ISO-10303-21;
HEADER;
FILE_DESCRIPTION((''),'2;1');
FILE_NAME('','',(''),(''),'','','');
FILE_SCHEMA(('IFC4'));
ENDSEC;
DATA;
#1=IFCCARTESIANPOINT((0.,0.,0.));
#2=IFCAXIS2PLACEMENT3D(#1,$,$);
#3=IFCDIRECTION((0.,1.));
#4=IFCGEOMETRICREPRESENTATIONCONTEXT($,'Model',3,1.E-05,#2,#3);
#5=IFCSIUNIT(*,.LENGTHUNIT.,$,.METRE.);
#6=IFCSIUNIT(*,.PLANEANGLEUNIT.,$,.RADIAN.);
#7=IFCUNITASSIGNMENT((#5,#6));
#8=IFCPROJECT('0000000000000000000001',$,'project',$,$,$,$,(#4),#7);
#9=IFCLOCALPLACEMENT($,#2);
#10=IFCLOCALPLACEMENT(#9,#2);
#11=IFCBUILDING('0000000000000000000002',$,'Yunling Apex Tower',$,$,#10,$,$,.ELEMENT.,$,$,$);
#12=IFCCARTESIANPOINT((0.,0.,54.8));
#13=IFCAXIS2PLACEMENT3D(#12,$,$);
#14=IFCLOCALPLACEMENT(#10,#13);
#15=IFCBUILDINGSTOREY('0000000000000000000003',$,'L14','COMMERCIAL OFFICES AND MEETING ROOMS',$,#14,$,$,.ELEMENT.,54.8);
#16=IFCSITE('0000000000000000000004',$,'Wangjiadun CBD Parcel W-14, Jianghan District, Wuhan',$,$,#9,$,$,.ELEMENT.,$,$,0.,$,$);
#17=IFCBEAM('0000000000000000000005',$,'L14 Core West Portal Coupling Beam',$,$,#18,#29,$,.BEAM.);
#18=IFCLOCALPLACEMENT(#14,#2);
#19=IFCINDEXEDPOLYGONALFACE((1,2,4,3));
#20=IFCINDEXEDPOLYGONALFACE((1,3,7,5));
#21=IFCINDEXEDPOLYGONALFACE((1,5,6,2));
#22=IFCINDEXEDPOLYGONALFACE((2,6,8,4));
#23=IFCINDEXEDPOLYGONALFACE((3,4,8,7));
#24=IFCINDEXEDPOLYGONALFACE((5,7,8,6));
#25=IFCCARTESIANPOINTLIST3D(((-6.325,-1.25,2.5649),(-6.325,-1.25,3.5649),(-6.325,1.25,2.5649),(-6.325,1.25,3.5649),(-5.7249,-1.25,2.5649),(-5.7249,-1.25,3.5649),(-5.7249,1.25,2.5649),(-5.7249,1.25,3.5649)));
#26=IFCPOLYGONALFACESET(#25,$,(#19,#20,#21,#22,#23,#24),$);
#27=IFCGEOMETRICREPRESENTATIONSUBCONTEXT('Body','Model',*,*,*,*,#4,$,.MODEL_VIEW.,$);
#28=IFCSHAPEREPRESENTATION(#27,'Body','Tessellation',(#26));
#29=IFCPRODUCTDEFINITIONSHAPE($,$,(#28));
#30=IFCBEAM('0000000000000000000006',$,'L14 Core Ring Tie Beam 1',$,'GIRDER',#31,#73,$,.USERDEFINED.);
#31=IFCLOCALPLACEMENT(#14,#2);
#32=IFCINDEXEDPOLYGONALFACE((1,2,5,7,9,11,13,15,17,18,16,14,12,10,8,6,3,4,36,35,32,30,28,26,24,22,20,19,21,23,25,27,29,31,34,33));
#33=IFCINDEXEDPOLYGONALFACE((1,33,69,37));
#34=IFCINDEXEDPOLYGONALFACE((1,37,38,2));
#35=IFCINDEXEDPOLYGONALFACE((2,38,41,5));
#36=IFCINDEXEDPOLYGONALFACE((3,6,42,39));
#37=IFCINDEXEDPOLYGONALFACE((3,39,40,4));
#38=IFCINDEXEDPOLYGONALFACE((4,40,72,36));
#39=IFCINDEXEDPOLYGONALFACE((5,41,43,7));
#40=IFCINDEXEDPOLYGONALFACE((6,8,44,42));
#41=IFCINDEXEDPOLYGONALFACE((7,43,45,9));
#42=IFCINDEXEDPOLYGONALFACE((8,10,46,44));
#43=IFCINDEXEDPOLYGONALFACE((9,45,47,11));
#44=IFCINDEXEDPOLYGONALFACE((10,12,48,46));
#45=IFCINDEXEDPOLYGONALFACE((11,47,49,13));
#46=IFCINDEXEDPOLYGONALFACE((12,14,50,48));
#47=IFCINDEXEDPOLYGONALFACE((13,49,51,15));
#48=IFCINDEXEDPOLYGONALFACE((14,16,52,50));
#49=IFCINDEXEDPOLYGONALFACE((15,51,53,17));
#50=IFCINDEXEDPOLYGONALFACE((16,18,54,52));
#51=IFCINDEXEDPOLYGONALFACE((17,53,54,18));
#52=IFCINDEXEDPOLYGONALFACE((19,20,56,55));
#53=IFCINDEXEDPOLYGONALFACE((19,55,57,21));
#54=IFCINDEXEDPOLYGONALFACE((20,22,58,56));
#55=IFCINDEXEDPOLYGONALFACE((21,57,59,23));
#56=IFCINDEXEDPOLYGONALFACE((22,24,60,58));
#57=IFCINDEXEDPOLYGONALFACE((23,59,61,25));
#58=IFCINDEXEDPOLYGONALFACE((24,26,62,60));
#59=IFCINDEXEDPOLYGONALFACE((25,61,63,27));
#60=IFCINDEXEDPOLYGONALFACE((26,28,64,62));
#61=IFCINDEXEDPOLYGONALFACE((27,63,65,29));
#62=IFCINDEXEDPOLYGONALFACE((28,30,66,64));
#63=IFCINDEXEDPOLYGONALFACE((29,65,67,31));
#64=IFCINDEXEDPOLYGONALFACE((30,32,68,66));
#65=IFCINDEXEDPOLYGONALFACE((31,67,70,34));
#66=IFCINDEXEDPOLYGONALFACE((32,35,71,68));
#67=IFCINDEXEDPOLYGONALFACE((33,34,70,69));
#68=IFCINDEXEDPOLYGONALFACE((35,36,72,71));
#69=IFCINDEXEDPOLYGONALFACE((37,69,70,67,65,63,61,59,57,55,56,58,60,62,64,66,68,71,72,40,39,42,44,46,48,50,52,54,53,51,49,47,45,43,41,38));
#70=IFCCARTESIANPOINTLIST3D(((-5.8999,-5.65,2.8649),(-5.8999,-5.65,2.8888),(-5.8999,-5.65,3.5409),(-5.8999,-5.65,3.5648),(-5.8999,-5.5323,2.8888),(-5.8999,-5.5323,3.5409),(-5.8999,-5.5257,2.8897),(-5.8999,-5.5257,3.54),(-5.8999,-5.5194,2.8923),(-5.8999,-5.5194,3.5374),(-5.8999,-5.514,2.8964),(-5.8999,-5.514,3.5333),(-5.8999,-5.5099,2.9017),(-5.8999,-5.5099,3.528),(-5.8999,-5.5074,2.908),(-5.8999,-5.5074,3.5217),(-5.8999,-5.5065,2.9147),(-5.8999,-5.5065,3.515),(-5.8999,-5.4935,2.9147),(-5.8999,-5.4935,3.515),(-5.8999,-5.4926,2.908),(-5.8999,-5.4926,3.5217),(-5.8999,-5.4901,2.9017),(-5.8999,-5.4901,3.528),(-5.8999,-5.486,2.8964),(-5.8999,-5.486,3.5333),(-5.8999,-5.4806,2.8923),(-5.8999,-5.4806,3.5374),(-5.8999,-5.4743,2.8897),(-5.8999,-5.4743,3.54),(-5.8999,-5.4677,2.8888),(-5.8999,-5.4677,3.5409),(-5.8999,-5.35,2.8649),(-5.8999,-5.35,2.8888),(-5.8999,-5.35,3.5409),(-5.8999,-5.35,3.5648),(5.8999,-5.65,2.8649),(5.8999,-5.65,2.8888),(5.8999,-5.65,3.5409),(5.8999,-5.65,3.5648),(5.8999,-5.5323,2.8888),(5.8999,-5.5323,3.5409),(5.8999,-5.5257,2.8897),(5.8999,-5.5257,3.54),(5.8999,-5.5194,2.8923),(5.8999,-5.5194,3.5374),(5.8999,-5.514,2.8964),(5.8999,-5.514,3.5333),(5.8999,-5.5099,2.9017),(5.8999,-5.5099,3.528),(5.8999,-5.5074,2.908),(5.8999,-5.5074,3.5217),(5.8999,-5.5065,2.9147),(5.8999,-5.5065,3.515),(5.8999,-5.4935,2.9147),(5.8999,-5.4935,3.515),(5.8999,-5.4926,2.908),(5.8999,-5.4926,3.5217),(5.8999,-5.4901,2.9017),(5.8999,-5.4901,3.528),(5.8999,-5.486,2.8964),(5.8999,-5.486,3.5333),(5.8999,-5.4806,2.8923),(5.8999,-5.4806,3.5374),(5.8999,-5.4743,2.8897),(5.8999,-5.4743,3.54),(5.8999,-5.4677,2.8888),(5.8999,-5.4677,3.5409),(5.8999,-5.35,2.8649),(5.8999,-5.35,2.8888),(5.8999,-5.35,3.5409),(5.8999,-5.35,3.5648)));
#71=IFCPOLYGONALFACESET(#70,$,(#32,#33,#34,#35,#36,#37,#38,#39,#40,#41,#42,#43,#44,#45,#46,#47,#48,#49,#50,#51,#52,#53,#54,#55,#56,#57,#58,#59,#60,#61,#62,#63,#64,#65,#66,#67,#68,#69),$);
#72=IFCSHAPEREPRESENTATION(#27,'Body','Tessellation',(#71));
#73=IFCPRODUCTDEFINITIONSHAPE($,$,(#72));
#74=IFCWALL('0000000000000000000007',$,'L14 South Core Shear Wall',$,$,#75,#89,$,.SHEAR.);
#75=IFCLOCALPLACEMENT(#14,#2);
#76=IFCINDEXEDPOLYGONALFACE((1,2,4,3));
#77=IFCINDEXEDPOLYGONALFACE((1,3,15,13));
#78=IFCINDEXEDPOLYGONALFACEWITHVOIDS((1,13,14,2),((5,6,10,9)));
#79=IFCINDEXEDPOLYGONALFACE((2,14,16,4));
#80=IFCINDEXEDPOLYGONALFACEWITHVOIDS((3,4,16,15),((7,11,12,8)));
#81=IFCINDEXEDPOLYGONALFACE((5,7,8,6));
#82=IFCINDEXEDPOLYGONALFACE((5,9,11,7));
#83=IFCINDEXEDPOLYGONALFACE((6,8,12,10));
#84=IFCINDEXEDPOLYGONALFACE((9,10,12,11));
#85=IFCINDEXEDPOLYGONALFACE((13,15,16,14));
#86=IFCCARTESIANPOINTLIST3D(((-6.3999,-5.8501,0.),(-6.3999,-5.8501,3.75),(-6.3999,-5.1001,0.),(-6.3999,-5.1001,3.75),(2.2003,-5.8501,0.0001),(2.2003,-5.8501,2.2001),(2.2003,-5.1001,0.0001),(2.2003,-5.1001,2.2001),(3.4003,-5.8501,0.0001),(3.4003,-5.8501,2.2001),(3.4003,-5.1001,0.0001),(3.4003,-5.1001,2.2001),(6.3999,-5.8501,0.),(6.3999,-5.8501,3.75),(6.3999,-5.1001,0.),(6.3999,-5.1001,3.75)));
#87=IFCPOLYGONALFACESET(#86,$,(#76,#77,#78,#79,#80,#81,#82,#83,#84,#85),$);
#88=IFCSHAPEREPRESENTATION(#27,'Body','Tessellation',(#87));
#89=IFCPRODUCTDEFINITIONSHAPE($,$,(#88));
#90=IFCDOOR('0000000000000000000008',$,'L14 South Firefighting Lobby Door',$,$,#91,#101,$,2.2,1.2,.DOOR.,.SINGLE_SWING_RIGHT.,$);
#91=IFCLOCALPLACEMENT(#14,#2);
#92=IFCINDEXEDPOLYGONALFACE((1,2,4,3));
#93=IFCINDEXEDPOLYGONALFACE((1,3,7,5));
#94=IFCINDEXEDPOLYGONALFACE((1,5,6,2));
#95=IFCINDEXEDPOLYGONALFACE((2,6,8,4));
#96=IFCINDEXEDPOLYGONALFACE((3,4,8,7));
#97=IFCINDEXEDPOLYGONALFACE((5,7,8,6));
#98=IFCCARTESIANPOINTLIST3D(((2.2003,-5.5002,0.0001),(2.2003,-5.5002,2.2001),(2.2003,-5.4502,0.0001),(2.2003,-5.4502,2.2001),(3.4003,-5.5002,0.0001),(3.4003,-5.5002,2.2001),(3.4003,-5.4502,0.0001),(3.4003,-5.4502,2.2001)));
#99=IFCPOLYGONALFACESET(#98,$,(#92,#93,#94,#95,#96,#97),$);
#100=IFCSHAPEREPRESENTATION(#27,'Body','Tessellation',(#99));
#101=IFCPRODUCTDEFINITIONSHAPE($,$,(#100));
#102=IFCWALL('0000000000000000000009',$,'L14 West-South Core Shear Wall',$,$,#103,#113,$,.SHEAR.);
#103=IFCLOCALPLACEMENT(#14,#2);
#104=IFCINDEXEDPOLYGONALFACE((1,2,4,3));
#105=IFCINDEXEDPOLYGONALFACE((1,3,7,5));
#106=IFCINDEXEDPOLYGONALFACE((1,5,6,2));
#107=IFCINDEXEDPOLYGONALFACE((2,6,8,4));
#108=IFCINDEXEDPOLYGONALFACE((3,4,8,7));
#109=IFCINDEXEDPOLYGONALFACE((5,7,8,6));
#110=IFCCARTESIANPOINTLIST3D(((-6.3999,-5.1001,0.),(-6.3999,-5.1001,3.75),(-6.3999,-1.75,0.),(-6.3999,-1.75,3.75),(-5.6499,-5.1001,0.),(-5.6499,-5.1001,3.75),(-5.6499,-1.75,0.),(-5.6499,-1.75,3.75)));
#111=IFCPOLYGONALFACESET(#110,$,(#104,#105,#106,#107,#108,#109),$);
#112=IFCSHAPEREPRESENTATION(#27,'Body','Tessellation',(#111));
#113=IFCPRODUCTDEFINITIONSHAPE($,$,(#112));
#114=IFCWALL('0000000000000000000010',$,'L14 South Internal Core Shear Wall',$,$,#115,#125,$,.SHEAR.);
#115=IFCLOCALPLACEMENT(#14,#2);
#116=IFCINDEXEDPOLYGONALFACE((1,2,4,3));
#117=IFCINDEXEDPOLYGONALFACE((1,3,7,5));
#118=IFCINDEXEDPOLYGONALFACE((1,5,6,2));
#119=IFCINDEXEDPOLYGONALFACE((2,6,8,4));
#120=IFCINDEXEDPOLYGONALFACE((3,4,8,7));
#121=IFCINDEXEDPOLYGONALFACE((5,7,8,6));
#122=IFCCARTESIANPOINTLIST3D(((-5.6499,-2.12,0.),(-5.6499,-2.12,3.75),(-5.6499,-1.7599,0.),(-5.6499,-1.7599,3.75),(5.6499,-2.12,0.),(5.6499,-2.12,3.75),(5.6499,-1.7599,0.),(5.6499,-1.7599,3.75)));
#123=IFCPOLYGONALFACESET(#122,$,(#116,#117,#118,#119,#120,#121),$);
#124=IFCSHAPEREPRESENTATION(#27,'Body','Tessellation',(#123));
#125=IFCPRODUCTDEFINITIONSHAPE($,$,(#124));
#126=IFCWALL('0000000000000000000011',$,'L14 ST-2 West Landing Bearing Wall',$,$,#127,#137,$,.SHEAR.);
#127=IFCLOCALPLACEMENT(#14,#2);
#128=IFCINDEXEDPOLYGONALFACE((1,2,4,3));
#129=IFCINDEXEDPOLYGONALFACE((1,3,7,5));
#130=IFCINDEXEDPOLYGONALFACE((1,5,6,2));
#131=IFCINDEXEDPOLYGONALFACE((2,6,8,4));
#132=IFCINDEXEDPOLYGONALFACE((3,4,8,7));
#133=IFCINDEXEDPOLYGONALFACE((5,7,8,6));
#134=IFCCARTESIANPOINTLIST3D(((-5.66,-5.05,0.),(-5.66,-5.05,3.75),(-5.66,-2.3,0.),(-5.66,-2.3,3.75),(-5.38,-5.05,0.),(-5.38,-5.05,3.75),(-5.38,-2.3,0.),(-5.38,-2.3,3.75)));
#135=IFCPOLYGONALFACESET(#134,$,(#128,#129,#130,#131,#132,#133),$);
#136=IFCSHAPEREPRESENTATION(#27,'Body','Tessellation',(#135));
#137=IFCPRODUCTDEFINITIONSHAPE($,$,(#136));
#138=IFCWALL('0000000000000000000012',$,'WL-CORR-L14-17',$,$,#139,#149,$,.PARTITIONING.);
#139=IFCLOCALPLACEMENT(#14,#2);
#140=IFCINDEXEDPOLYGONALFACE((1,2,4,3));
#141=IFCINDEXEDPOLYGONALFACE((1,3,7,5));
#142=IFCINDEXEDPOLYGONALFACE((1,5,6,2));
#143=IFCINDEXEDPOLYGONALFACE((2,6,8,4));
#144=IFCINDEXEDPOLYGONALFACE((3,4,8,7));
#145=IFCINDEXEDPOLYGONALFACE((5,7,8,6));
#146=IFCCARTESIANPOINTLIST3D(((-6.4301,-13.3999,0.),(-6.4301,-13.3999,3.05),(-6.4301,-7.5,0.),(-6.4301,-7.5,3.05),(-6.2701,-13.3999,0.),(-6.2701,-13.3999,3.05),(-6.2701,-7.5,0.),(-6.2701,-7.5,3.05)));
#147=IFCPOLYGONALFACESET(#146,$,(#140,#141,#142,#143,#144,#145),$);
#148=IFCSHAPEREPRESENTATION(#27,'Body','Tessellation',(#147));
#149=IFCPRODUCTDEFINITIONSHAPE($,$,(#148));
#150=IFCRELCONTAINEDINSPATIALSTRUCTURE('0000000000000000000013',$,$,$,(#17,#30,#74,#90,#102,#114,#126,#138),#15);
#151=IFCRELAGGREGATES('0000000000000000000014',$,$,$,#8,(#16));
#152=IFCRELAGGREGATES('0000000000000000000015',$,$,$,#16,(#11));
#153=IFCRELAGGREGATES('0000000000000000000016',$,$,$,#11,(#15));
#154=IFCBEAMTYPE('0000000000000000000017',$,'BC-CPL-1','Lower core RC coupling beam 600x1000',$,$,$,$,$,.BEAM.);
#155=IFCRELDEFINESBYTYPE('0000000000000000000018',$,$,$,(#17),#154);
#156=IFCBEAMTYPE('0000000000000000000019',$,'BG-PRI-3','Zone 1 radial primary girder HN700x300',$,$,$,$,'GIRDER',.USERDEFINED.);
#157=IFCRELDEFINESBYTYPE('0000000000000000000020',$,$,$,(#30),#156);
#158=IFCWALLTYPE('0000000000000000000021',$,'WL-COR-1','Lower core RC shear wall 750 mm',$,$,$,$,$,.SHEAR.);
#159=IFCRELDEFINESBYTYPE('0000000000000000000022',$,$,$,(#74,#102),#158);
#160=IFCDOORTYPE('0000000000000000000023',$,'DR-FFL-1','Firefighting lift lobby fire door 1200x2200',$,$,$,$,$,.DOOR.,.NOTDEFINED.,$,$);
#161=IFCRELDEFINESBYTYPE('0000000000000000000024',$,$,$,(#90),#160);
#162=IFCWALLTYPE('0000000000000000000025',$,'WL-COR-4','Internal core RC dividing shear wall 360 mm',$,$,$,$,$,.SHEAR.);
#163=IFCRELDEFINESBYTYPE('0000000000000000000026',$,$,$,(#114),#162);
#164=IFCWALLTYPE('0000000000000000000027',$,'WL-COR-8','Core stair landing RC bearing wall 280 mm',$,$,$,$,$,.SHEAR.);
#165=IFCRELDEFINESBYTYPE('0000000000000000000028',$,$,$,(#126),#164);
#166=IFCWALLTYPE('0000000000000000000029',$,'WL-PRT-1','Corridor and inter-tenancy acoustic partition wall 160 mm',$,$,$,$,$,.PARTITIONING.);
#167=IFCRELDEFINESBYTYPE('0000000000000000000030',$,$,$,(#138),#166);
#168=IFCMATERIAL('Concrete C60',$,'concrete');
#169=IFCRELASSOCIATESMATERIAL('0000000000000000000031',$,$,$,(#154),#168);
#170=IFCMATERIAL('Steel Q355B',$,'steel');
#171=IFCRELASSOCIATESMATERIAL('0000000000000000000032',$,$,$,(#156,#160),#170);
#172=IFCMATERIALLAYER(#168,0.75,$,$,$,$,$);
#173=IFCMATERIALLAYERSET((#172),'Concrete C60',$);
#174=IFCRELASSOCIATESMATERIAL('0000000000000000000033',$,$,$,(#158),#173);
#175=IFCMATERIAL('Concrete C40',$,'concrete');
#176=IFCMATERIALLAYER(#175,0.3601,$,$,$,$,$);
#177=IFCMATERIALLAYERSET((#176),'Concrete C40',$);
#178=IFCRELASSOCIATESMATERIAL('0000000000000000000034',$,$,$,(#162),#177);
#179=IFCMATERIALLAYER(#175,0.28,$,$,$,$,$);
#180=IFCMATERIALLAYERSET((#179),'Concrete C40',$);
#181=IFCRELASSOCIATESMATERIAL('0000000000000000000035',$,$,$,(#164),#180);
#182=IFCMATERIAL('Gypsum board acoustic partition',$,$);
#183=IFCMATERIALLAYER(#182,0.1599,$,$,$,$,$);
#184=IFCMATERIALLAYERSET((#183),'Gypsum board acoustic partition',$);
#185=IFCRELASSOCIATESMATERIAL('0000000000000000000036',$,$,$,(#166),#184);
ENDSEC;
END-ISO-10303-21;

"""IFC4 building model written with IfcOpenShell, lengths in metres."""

from ifc_helpers import new_model, si_unit, direction, frame, frame_2d, origin, origin_2d, place, context, subcontext, project, spatial, rectangle, i_section, extrude, source, transform, mapped, material, layer, layer_set, material_profile, profile_set, type_object, element, fill, save


model = new_model("IFC4")

# Units and contexts
model_context = context("Model", 3, precision=1e-05, world=origin(), true_north=direction((0.0, 1.0)))
body_context = subcontext(model_context, "Body", "Model", "MODEL_VIEW")
ifc_project = project(units=[si_unit("LENGTHUNIT", "METRE"), si_unit("PLANEANGLEUNIT", "RADIAN")], contexts=[model_context])

# Site, building, storey
site_placement = place(None, origin())
site = spatial("IfcSite", under=ifc_project, at=site_placement, Name="Wangjiadun CBD Parcel W-14, Jianghan District, Wuhan", CompositionType="ELEMENT", RefElevation=0.0)
building_placement = place(site_placement, origin())
building = spatial("IfcBuilding", under=site, at=building_placement, Name="Yunling Apex Tower", CompositionType="ELEMENT")
storey_placement = place(building_placement, frame((0.0, 0.0, 54.8)))
storey = spatial("IfcBuildingStorey", under=building, at=storey_placement, Name="L14", Description="COMMERCIAL OFFICES AND MEETING ROOMS", CompositionType="ELEMENT", Elevation=54.8)

# Shared definitions
ifc_material_1 = material(Name="Concrete C60", Category="concrete")

# Beams
ifc_material_2 = material(Name="Steel Q355B", Category="steel")
ifc_material_profile_1 = material_profile(ifc_material_1, rectangle(XDim=0.6001, YDim=1.0, at=origin_2d()))
ifc_profile_set_1 = profile_set([ifc_material_profile_1], Name="Concrete C60")
beam_type_1 = type_object("IfcBeamType", Name="BC-CPL-1", Description="Lower core RC coupling beam 600x1000", PredefinedType="BEAM", material=ifc_profile_set_1)
shared_shape_1 = source(origin(), body_context, "Body", "SweptSolid", [
    extrude(rectangle(XDim=0.6001, YDim=1.0, at=origin_2d()), origin(), (0.0, 0.0, 1.0), 2.5),
])
beam_1_placement = place(storey_placement, frame((-6.0249, -1.25, 3.0649), z_axis=(0.0, 1.0, 0.0), x_axis=(-1.0, 0.0, 0.0)))
element("IfcBeam", 1, at=beam_1_placement, inside=storey, type_object=beam_type_1, Name="L14 Core West Portal Coupling Beam", PredefinedType="BEAM", context=body_context, shape_type="MappedRepresentation", body=[
    mapped(shared_shape_1, transform((0.0, 0.0, 0.0), scale=1.0)),
])
ifc_material_profile_2 = material_profile(ifc_material_2, i_section(OverallWidth=0.3, OverallDepth=0.7, WebThickness=0.0129, FlangeThickness=0.0239, FilletRadius=0.0259, at=origin_2d()))
ifc_profile_set_2 = profile_set([ifc_material_profile_2], Name="Steel Q355B")
beam_type_2 = type_object("IfcBeamType", Name="BG-PRI-3", Description="Zone 1 radial primary girder HN700x300", ElementType="GIRDER", PredefinedType="USERDEFINED", material=ifc_profile_set_2)
shared_shape_2 = source(origin(), body_context, "Body", "SweptSolid", [
    extrude(i_section(OverallWidth=0.3, OverallDepth=0.7, WebThickness=0.0129, FlangeThickness=0.0239, FilletRadius=0.0259, at=origin_2d()), origin(), (0.0, 0.0, 1.0), 11.7998),
])
beam_2_placement = place(storey_placement, frame((-5.8999, -5.5, 3.2148), z_axis=(1.0, 0.0, 0.0), x_axis=(0.0, 1.0, 0.0)))
element("IfcBeam", 2, at=beam_2_placement, inside=storey, type_object=beam_type_2, Name="L14 Core Ring Tie Beam 1", ObjectType="GIRDER", PredefinedType="USERDEFINED", context=body_context, shape_type="MappedRepresentation", body=[
    mapped(shared_shape_2, transform((0.0, 0.0, 0.0), scale=1.0)),
])

# Wall, opening, door
ifc_layer_1 = layer(ifc_material_1, 0.75)
ifc_layer_set_1 = layer_set([ifc_layer_1], Name="Concrete C60")
wall_type_1 = type_object("IfcWallType", Name="WL-COR-1", Description="Lower core RC shear wall 750 mm", PredefinedType="SHEAR", material=ifc_layer_set_1)
wall_1_placement = place(storey_placement, frame((-6.3999, -5.4751, 0.0), z_axis=(0.0, 0.0, 1.0), x_axis=(1.0, 0.0, 0.0)))
wall_1 = element("IfcWall", 3, at=wall_1_placement, inside=storey, type_object=wall_type_1, Name="L14 South Core Shear Wall", PredefinedType="SHEAR", context=body_context, shape_type="SweptSolid", body=[
    extrude(rectangle(XDim=12.7998, YDim=0.75, at=frame_2d((6.3999, 0.0))), origin(), (0.0, 0.0, 1.0), 3.75),
])
opening_1_placement = place(wall_1_placement, frame((8.6001, 0.0, 0.0)))
opening_1 = element("IfcOpeningElement", 4, at=opening_1_placement, cuts=wall_1, PredefinedType="OPENING", context=body_context, shape_type="SweptSolid", body=[
    extrude(rectangle(XDim=1.2, YDim=2.2, at=frame_2d((0.6001, 1.1001))), frame((0.0, 0.385, 0.0), z_axis=(0.0, -1.0, 0.0), x_axis=(1.0, 0.0, 0.0)), (0.0, 0.0, 1.0), 0.77),
])
door_type_1 = type_object("IfcDoorType", Name="DR-FFL-1", Description="Firefighting lift lobby fire door 1200x2200", OperationType="NOTDEFINED", PredefinedType="DOOR", material=ifc_material_2)
door_1_placement = place(opening_1_placement, origin())
door_1 = element("IfcDoor", 5, at=door_1_placement, inside=storey, type_object=door_type_1, Name="L14 South Firefighting Lobby Door", OperationType="SINGLE_SWING_RIGHT", OverallHeight=2.2, OverallWidth=1.2, PredefinedType="DOOR", context=body_context, shape_type="SweptSolid", body=[
    extrude(rectangle(XDim=1.2, YDim=2.2, at=frame_2d((0.6001, 1.1001))), frame((0.0, 0.0249, 0.0), z_axis=(0.0, -1.0, 0.0), x_axis=(1.0, 0.0, 0.0)), (0.0, 0.0, 1.0), 0.05),
])
fill(opening_1, door_1)

# Walls
wall_2_placement = place(storey_placement, frame((-6.0249, -5.1001, 0.0), z_axis=(0.0, 0.0, 1.0), x_axis=(0.0, 1.0, 0.0)))
element("IfcWall", 6, at=wall_2_placement, inside=storey, type_object=wall_type_1, Name="L14 West-South Core Shear Wall", PredefinedType="SHEAR", context=body_context, shape_type="SweptSolid", body=[
    extrude(rectangle(XDim=3.3501, YDim=0.75, at=frame_2d((1.675, 0.0))), origin(), (0.0, 0.0, 1.0), 3.75),
])
ifc_material_3 = material(Name="Concrete C40", Category="concrete")
ifc_layer_2 = layer(ifc_material_3, 0.3601)
ifc_layer_set_2 = layer_set([ifc_layer_2], Name="Concrete C40")
wall_type_2 = type_object("IfcWallType", Name="WL-COR-4", Description="Internal core RC dividing shear wall 360 mm", PredefinedType="SHEAR", material=ifc_layer_set_2)
wall_3_placement = place(storey_placement, frame((-5.6499, -1.9399, 0.0), z_axis=(0.0, 0.0, 1.0), x_axis=(1.0, 0.0, 0.0)))
element("IfcWall", 7, at=wall_3_placement, inside=storey, type_object=wall_type_2, Name="L14 South Internal Core Shear Wall", PredefinedType="SHEAR", context=body_context, shape_type="SweptSolid", body=[
    extrude(rectangle(XDim=11.2998, YDim=0.3601, at=frame_2d((5.6499, 0.0))), origin(), (0.0, 0.0, 1.0), 3.75),
])
ifc_layer_3 = layer(ifc_material_3, 0.28)
ifc_layer_set_3 = layer_set([ifc_layer_3], Name="Concrete C40")
wall_type_3 = type_object("IfcWallType", Name="WL-COR-8", Description="Core stair landing RC bearing wall 280 mm", PredefinedType="SHEAR", material=ifc_layer_set_3)
wall_4_placement = place(storey_placement, frame((-5.52, -5.05, 0.0), z_axis=(0.0, 0.0, 1.0), x_axis=(0.0, 1.0, 0.0)))
element("IfcWall", 8, at=wall_4_placement, inside=storey, type_object=wall_type_3, Name="L14 ST-2 West Landing Bearing Wall", PredefinedType="SHEAR", context=body_context, shape_type="SweptSolid", body=[
    extrude(rectangle(XDim=2.75, YDim=0.28, at=frame_2d((1.375, 0.0))), origin(), (0.0, 0.0, 1.0), 3.75),
])
ifc_material_4 = material(Name="Gypsum board acoustic partition")
ifc_layer_4 = layer(ifc_material_4, 0.1599)
ifc_layer_set_4 = layer_set([ifc_layer_4], Name="Gypsum board acoustic partition")
wall_type_4 = type_object("IfcWallType", Name="WL-PRT-1", Description="Corridor and inter-tenancy acoustic partition wall 160 mm", PredefinedType="PARTITIONING", material=ifc_layer_set_4)
wall_5_placement = place(storey_placement, frame((-6.3501, -7.5, 0.0), z_axis=(0.0, 0.0, 1.0), x_axis=(0.0, -1.0, 0.0)))
element("IfcWall", 9, at=wall_5_placement, inside=storey, type_object=wall_type_4, Name="WL-CORR-L14-17", PredefinedType="PARTITIONING", context=body_context, shape_type="SweptSolid", body=[
    extrude(rectangle(XDim=5.8999, YDim=0.1599, at=frame_2d((2.95, 0.0))), origin(), (0.0, 0.0, 1.0), 3.05),
])

save(model, "model.ifc")
